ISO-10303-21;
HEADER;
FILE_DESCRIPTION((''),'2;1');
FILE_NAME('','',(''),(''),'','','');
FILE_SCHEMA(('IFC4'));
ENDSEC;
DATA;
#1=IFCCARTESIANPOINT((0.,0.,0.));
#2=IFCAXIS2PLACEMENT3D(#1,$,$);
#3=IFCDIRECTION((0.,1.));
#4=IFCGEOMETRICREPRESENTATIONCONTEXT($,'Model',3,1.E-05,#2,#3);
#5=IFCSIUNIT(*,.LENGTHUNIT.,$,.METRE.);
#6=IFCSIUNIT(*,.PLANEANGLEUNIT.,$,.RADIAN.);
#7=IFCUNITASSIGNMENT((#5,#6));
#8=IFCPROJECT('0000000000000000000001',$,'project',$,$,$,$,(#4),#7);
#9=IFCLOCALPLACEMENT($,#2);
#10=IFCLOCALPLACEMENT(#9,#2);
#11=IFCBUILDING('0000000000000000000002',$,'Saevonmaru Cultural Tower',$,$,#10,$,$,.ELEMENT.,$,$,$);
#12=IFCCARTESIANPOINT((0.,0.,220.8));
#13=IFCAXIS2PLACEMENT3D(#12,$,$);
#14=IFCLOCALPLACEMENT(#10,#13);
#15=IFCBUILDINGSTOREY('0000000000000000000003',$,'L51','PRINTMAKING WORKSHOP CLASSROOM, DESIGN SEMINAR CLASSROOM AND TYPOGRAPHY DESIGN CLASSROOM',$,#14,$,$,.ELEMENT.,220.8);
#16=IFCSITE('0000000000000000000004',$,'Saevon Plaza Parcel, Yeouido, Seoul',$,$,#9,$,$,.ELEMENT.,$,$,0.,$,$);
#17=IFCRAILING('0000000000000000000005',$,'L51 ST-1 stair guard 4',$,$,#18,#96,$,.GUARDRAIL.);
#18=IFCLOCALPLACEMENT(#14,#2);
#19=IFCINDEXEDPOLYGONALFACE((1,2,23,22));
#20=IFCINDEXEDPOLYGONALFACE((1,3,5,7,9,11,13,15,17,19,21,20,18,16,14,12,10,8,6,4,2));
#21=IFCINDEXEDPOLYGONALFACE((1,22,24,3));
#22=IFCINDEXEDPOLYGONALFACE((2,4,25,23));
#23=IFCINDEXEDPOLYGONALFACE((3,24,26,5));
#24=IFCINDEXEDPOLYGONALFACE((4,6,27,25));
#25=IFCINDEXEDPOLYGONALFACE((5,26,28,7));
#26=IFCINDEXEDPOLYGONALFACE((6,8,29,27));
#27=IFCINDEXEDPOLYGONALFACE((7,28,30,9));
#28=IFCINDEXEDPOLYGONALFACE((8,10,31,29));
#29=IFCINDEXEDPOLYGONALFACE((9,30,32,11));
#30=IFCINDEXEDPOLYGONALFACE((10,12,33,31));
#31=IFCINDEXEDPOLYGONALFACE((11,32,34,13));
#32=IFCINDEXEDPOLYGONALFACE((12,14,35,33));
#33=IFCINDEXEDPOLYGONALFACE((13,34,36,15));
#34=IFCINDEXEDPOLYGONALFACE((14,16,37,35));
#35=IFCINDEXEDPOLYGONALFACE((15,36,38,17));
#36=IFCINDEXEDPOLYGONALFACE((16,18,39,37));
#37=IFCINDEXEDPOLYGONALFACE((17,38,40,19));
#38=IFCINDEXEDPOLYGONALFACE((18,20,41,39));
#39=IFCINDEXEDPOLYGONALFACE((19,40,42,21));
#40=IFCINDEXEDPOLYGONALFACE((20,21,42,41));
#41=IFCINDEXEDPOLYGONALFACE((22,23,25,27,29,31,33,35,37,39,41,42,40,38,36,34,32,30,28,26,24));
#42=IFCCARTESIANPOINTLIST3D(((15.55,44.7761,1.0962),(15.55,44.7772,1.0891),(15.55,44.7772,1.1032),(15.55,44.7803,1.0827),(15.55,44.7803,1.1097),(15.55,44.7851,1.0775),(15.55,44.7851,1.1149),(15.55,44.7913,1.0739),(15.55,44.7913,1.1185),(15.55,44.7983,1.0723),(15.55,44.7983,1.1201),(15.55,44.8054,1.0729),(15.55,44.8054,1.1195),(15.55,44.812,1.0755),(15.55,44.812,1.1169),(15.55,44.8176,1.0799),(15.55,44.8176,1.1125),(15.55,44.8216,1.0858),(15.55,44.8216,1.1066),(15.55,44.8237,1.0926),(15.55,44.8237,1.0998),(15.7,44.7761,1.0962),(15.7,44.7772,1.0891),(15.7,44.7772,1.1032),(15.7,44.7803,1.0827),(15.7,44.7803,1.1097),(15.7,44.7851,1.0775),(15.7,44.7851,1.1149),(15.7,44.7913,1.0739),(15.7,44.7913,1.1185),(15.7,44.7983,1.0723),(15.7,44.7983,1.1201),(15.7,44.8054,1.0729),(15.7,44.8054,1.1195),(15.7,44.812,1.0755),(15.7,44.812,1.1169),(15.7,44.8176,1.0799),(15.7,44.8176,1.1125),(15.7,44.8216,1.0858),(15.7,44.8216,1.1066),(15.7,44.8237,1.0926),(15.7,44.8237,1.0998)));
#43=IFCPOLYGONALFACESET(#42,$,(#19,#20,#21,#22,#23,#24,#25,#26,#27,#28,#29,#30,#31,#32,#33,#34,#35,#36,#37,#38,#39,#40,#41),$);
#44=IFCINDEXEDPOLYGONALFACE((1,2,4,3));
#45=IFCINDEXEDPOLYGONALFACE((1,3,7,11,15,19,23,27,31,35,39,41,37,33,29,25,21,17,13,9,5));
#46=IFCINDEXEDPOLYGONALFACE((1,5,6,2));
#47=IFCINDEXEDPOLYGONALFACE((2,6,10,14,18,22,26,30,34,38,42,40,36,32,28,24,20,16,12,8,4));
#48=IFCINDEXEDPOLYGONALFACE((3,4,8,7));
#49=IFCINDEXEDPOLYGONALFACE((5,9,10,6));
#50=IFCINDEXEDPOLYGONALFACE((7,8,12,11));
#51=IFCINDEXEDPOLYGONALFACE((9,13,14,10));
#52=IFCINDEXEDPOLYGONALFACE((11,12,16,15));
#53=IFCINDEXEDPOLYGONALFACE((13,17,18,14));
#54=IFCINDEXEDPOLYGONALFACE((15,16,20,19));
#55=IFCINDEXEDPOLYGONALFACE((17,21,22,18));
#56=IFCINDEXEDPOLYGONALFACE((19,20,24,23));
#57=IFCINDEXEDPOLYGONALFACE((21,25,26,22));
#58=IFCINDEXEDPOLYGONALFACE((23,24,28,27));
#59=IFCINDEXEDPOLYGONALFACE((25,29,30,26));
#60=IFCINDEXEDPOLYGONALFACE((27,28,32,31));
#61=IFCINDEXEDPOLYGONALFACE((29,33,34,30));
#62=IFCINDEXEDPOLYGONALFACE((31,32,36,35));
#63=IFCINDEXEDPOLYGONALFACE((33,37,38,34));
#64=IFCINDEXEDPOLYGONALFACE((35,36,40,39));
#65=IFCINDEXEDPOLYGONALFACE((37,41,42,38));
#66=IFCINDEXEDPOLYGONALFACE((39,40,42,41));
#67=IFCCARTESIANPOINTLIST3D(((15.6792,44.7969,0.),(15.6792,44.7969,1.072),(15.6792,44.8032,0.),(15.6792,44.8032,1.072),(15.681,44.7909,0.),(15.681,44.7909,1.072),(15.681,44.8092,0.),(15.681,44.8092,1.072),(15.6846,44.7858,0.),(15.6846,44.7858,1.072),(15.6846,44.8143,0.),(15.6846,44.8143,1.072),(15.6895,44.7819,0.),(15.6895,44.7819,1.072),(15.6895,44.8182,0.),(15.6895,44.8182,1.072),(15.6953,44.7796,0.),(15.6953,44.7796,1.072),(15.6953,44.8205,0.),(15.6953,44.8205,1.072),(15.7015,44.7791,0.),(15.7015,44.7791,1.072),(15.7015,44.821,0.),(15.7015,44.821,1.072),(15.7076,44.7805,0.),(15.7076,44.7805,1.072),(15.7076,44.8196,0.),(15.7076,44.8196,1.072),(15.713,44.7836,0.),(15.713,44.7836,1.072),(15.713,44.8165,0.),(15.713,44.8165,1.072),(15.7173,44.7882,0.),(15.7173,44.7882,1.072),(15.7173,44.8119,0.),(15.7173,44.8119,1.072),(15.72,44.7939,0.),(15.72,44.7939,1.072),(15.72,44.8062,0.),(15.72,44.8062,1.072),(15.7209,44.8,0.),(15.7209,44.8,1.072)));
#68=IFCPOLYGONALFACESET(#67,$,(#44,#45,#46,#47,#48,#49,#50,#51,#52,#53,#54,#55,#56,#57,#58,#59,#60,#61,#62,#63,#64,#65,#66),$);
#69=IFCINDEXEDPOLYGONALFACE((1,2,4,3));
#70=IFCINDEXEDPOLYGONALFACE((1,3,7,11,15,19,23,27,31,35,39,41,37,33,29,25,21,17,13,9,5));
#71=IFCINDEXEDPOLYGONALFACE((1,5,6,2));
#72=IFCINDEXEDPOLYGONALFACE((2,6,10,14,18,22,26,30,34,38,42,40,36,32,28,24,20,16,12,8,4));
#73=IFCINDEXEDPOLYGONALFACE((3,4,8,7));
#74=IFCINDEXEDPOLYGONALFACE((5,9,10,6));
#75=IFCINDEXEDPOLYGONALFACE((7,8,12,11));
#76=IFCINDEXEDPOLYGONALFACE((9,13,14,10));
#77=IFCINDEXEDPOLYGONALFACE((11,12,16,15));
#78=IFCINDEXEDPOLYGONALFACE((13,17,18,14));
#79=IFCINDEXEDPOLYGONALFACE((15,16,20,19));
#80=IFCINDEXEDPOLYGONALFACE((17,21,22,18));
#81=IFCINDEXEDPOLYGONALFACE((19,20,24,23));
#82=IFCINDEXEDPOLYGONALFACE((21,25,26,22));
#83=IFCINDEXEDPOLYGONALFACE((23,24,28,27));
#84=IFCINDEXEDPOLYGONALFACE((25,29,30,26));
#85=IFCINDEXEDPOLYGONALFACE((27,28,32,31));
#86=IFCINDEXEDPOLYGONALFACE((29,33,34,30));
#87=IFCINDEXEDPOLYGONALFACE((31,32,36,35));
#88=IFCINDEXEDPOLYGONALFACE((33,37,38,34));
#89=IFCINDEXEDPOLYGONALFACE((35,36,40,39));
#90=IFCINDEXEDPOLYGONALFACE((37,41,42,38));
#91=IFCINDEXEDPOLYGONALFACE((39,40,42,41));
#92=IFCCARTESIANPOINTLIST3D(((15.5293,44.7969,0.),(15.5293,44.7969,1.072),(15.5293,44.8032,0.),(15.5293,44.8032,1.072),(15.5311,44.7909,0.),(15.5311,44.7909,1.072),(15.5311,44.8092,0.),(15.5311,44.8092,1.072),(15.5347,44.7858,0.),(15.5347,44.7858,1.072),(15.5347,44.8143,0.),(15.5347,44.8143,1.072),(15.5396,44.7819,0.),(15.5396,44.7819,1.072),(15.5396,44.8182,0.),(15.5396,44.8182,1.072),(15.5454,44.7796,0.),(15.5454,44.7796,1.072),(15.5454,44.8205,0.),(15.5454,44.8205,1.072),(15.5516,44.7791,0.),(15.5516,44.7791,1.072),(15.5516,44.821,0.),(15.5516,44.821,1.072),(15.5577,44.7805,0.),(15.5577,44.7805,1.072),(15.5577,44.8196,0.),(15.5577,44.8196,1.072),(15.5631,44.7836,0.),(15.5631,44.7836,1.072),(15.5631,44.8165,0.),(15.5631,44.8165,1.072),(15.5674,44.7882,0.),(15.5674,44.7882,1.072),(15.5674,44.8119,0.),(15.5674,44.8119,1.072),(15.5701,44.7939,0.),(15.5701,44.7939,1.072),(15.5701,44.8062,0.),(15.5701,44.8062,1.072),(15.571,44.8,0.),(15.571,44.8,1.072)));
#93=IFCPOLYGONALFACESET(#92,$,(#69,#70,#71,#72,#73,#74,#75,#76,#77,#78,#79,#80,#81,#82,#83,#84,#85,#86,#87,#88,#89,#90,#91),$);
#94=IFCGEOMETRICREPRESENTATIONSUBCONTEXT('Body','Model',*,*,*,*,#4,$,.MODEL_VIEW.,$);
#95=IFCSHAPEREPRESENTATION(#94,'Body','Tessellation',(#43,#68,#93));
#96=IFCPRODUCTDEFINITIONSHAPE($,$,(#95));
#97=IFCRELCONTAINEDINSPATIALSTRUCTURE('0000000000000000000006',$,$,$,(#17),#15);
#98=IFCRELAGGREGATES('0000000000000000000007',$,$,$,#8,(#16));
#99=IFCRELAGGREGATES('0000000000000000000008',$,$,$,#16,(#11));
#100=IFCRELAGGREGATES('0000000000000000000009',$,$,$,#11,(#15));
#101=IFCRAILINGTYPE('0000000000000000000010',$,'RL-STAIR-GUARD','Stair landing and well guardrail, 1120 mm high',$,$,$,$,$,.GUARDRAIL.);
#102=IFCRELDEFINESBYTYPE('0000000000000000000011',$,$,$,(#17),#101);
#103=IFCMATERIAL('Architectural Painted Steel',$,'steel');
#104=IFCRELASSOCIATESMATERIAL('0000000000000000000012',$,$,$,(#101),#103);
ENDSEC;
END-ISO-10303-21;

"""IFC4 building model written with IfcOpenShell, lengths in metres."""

from ifc_helpers import new_model, si_unit, direction, frame, origin, origin_2d, place, context, subcontext, project, spatial, circle, extrude, material, type_object, element, save


model = new_model("IFC4")

# Units and contexts
model_context = context("Model", 3, precision=1e-05, world=origin(), true_north=direction((0.0, 1.0)))
body_context = subcontext(model_context, "Body", "Model", "MODEL_VIEW")
ifc_project = project(units=[si_unit("LENGTHUNIT", "METRE"), si_unit("PLANEANGLEUNIT", "RADIAN")], contexts=[model_context])

# Site, building, storey
site_placement = place(None, origin())
site = spatial("IfcSite", under=ifc_project, at=site_placement, Name="Saevon Plaza Parcel, Yeouido, Seoul", CompositionType="ELEMENT", RefElevation=0.0)
building_placement = place(site_placement, origin())
building = spatial("IfcBuilding", under=site, at=building_placement, Name="Saevonmaru Cultural Tower", CompositionType="ELEMENT")
storey_placement = place(building_placement, frame((0.0, 0.0, 220.8)))
storey = spatial("IfcBuildingStorey", under=building, at=storey_placement, Name="L51", Description="PRINTMAKING WORKSHOP CLASSROOM, DESIGN SEMINAR CLASSROOM AND TYPOGRAPHY DESIGN CLASSROOM", CompositionType="ELEMENT", Elevation=220.8)

# Railing
ifc_material_1 = material(Name="Architectural Painted Steel", Category="steel")
railing_type_1 = type_object("IfcRailingType", Name="RL-STAIR-GUARD", Description="Stair landing and well guardrail, 1120 mm high", PredefinedType="GUARDRAIL", material=ifc_material_1)
railing_1_placement = place(storey_placement, frame((15.7, 44.8, 0.0)))
element("IfcRailing", 1, at=railing_1_placement, inside=storey, type_object=railing_type_1, Name="L51 ST-1 stair guard 4", PredefinedType="GUARDRAIL", context=body_context, shape_type="SweptSolid", body=[
    extrude(circle(Radius=0.0239, at=origin_2d()), frame((0.0, 0.0, 1.0962), z_axis=(-1.0, 0.0, 0.0), x_axis=(0.0, -1.0, 0.0)), (0.0, 0.0, 1.0), 0.1499),
    extrude(circle(Radius=0.021, at=origin_2d()), origin(), (0.0, 0.0, 1.0), 1.072),
    extrude(circle(Radius=0.021, at=origin_2d()), frame((-0.1499, 0.0, 0.0)), (0.0, 0.0, 1.0), 1.072),
])

save(model, "model.ifc")
